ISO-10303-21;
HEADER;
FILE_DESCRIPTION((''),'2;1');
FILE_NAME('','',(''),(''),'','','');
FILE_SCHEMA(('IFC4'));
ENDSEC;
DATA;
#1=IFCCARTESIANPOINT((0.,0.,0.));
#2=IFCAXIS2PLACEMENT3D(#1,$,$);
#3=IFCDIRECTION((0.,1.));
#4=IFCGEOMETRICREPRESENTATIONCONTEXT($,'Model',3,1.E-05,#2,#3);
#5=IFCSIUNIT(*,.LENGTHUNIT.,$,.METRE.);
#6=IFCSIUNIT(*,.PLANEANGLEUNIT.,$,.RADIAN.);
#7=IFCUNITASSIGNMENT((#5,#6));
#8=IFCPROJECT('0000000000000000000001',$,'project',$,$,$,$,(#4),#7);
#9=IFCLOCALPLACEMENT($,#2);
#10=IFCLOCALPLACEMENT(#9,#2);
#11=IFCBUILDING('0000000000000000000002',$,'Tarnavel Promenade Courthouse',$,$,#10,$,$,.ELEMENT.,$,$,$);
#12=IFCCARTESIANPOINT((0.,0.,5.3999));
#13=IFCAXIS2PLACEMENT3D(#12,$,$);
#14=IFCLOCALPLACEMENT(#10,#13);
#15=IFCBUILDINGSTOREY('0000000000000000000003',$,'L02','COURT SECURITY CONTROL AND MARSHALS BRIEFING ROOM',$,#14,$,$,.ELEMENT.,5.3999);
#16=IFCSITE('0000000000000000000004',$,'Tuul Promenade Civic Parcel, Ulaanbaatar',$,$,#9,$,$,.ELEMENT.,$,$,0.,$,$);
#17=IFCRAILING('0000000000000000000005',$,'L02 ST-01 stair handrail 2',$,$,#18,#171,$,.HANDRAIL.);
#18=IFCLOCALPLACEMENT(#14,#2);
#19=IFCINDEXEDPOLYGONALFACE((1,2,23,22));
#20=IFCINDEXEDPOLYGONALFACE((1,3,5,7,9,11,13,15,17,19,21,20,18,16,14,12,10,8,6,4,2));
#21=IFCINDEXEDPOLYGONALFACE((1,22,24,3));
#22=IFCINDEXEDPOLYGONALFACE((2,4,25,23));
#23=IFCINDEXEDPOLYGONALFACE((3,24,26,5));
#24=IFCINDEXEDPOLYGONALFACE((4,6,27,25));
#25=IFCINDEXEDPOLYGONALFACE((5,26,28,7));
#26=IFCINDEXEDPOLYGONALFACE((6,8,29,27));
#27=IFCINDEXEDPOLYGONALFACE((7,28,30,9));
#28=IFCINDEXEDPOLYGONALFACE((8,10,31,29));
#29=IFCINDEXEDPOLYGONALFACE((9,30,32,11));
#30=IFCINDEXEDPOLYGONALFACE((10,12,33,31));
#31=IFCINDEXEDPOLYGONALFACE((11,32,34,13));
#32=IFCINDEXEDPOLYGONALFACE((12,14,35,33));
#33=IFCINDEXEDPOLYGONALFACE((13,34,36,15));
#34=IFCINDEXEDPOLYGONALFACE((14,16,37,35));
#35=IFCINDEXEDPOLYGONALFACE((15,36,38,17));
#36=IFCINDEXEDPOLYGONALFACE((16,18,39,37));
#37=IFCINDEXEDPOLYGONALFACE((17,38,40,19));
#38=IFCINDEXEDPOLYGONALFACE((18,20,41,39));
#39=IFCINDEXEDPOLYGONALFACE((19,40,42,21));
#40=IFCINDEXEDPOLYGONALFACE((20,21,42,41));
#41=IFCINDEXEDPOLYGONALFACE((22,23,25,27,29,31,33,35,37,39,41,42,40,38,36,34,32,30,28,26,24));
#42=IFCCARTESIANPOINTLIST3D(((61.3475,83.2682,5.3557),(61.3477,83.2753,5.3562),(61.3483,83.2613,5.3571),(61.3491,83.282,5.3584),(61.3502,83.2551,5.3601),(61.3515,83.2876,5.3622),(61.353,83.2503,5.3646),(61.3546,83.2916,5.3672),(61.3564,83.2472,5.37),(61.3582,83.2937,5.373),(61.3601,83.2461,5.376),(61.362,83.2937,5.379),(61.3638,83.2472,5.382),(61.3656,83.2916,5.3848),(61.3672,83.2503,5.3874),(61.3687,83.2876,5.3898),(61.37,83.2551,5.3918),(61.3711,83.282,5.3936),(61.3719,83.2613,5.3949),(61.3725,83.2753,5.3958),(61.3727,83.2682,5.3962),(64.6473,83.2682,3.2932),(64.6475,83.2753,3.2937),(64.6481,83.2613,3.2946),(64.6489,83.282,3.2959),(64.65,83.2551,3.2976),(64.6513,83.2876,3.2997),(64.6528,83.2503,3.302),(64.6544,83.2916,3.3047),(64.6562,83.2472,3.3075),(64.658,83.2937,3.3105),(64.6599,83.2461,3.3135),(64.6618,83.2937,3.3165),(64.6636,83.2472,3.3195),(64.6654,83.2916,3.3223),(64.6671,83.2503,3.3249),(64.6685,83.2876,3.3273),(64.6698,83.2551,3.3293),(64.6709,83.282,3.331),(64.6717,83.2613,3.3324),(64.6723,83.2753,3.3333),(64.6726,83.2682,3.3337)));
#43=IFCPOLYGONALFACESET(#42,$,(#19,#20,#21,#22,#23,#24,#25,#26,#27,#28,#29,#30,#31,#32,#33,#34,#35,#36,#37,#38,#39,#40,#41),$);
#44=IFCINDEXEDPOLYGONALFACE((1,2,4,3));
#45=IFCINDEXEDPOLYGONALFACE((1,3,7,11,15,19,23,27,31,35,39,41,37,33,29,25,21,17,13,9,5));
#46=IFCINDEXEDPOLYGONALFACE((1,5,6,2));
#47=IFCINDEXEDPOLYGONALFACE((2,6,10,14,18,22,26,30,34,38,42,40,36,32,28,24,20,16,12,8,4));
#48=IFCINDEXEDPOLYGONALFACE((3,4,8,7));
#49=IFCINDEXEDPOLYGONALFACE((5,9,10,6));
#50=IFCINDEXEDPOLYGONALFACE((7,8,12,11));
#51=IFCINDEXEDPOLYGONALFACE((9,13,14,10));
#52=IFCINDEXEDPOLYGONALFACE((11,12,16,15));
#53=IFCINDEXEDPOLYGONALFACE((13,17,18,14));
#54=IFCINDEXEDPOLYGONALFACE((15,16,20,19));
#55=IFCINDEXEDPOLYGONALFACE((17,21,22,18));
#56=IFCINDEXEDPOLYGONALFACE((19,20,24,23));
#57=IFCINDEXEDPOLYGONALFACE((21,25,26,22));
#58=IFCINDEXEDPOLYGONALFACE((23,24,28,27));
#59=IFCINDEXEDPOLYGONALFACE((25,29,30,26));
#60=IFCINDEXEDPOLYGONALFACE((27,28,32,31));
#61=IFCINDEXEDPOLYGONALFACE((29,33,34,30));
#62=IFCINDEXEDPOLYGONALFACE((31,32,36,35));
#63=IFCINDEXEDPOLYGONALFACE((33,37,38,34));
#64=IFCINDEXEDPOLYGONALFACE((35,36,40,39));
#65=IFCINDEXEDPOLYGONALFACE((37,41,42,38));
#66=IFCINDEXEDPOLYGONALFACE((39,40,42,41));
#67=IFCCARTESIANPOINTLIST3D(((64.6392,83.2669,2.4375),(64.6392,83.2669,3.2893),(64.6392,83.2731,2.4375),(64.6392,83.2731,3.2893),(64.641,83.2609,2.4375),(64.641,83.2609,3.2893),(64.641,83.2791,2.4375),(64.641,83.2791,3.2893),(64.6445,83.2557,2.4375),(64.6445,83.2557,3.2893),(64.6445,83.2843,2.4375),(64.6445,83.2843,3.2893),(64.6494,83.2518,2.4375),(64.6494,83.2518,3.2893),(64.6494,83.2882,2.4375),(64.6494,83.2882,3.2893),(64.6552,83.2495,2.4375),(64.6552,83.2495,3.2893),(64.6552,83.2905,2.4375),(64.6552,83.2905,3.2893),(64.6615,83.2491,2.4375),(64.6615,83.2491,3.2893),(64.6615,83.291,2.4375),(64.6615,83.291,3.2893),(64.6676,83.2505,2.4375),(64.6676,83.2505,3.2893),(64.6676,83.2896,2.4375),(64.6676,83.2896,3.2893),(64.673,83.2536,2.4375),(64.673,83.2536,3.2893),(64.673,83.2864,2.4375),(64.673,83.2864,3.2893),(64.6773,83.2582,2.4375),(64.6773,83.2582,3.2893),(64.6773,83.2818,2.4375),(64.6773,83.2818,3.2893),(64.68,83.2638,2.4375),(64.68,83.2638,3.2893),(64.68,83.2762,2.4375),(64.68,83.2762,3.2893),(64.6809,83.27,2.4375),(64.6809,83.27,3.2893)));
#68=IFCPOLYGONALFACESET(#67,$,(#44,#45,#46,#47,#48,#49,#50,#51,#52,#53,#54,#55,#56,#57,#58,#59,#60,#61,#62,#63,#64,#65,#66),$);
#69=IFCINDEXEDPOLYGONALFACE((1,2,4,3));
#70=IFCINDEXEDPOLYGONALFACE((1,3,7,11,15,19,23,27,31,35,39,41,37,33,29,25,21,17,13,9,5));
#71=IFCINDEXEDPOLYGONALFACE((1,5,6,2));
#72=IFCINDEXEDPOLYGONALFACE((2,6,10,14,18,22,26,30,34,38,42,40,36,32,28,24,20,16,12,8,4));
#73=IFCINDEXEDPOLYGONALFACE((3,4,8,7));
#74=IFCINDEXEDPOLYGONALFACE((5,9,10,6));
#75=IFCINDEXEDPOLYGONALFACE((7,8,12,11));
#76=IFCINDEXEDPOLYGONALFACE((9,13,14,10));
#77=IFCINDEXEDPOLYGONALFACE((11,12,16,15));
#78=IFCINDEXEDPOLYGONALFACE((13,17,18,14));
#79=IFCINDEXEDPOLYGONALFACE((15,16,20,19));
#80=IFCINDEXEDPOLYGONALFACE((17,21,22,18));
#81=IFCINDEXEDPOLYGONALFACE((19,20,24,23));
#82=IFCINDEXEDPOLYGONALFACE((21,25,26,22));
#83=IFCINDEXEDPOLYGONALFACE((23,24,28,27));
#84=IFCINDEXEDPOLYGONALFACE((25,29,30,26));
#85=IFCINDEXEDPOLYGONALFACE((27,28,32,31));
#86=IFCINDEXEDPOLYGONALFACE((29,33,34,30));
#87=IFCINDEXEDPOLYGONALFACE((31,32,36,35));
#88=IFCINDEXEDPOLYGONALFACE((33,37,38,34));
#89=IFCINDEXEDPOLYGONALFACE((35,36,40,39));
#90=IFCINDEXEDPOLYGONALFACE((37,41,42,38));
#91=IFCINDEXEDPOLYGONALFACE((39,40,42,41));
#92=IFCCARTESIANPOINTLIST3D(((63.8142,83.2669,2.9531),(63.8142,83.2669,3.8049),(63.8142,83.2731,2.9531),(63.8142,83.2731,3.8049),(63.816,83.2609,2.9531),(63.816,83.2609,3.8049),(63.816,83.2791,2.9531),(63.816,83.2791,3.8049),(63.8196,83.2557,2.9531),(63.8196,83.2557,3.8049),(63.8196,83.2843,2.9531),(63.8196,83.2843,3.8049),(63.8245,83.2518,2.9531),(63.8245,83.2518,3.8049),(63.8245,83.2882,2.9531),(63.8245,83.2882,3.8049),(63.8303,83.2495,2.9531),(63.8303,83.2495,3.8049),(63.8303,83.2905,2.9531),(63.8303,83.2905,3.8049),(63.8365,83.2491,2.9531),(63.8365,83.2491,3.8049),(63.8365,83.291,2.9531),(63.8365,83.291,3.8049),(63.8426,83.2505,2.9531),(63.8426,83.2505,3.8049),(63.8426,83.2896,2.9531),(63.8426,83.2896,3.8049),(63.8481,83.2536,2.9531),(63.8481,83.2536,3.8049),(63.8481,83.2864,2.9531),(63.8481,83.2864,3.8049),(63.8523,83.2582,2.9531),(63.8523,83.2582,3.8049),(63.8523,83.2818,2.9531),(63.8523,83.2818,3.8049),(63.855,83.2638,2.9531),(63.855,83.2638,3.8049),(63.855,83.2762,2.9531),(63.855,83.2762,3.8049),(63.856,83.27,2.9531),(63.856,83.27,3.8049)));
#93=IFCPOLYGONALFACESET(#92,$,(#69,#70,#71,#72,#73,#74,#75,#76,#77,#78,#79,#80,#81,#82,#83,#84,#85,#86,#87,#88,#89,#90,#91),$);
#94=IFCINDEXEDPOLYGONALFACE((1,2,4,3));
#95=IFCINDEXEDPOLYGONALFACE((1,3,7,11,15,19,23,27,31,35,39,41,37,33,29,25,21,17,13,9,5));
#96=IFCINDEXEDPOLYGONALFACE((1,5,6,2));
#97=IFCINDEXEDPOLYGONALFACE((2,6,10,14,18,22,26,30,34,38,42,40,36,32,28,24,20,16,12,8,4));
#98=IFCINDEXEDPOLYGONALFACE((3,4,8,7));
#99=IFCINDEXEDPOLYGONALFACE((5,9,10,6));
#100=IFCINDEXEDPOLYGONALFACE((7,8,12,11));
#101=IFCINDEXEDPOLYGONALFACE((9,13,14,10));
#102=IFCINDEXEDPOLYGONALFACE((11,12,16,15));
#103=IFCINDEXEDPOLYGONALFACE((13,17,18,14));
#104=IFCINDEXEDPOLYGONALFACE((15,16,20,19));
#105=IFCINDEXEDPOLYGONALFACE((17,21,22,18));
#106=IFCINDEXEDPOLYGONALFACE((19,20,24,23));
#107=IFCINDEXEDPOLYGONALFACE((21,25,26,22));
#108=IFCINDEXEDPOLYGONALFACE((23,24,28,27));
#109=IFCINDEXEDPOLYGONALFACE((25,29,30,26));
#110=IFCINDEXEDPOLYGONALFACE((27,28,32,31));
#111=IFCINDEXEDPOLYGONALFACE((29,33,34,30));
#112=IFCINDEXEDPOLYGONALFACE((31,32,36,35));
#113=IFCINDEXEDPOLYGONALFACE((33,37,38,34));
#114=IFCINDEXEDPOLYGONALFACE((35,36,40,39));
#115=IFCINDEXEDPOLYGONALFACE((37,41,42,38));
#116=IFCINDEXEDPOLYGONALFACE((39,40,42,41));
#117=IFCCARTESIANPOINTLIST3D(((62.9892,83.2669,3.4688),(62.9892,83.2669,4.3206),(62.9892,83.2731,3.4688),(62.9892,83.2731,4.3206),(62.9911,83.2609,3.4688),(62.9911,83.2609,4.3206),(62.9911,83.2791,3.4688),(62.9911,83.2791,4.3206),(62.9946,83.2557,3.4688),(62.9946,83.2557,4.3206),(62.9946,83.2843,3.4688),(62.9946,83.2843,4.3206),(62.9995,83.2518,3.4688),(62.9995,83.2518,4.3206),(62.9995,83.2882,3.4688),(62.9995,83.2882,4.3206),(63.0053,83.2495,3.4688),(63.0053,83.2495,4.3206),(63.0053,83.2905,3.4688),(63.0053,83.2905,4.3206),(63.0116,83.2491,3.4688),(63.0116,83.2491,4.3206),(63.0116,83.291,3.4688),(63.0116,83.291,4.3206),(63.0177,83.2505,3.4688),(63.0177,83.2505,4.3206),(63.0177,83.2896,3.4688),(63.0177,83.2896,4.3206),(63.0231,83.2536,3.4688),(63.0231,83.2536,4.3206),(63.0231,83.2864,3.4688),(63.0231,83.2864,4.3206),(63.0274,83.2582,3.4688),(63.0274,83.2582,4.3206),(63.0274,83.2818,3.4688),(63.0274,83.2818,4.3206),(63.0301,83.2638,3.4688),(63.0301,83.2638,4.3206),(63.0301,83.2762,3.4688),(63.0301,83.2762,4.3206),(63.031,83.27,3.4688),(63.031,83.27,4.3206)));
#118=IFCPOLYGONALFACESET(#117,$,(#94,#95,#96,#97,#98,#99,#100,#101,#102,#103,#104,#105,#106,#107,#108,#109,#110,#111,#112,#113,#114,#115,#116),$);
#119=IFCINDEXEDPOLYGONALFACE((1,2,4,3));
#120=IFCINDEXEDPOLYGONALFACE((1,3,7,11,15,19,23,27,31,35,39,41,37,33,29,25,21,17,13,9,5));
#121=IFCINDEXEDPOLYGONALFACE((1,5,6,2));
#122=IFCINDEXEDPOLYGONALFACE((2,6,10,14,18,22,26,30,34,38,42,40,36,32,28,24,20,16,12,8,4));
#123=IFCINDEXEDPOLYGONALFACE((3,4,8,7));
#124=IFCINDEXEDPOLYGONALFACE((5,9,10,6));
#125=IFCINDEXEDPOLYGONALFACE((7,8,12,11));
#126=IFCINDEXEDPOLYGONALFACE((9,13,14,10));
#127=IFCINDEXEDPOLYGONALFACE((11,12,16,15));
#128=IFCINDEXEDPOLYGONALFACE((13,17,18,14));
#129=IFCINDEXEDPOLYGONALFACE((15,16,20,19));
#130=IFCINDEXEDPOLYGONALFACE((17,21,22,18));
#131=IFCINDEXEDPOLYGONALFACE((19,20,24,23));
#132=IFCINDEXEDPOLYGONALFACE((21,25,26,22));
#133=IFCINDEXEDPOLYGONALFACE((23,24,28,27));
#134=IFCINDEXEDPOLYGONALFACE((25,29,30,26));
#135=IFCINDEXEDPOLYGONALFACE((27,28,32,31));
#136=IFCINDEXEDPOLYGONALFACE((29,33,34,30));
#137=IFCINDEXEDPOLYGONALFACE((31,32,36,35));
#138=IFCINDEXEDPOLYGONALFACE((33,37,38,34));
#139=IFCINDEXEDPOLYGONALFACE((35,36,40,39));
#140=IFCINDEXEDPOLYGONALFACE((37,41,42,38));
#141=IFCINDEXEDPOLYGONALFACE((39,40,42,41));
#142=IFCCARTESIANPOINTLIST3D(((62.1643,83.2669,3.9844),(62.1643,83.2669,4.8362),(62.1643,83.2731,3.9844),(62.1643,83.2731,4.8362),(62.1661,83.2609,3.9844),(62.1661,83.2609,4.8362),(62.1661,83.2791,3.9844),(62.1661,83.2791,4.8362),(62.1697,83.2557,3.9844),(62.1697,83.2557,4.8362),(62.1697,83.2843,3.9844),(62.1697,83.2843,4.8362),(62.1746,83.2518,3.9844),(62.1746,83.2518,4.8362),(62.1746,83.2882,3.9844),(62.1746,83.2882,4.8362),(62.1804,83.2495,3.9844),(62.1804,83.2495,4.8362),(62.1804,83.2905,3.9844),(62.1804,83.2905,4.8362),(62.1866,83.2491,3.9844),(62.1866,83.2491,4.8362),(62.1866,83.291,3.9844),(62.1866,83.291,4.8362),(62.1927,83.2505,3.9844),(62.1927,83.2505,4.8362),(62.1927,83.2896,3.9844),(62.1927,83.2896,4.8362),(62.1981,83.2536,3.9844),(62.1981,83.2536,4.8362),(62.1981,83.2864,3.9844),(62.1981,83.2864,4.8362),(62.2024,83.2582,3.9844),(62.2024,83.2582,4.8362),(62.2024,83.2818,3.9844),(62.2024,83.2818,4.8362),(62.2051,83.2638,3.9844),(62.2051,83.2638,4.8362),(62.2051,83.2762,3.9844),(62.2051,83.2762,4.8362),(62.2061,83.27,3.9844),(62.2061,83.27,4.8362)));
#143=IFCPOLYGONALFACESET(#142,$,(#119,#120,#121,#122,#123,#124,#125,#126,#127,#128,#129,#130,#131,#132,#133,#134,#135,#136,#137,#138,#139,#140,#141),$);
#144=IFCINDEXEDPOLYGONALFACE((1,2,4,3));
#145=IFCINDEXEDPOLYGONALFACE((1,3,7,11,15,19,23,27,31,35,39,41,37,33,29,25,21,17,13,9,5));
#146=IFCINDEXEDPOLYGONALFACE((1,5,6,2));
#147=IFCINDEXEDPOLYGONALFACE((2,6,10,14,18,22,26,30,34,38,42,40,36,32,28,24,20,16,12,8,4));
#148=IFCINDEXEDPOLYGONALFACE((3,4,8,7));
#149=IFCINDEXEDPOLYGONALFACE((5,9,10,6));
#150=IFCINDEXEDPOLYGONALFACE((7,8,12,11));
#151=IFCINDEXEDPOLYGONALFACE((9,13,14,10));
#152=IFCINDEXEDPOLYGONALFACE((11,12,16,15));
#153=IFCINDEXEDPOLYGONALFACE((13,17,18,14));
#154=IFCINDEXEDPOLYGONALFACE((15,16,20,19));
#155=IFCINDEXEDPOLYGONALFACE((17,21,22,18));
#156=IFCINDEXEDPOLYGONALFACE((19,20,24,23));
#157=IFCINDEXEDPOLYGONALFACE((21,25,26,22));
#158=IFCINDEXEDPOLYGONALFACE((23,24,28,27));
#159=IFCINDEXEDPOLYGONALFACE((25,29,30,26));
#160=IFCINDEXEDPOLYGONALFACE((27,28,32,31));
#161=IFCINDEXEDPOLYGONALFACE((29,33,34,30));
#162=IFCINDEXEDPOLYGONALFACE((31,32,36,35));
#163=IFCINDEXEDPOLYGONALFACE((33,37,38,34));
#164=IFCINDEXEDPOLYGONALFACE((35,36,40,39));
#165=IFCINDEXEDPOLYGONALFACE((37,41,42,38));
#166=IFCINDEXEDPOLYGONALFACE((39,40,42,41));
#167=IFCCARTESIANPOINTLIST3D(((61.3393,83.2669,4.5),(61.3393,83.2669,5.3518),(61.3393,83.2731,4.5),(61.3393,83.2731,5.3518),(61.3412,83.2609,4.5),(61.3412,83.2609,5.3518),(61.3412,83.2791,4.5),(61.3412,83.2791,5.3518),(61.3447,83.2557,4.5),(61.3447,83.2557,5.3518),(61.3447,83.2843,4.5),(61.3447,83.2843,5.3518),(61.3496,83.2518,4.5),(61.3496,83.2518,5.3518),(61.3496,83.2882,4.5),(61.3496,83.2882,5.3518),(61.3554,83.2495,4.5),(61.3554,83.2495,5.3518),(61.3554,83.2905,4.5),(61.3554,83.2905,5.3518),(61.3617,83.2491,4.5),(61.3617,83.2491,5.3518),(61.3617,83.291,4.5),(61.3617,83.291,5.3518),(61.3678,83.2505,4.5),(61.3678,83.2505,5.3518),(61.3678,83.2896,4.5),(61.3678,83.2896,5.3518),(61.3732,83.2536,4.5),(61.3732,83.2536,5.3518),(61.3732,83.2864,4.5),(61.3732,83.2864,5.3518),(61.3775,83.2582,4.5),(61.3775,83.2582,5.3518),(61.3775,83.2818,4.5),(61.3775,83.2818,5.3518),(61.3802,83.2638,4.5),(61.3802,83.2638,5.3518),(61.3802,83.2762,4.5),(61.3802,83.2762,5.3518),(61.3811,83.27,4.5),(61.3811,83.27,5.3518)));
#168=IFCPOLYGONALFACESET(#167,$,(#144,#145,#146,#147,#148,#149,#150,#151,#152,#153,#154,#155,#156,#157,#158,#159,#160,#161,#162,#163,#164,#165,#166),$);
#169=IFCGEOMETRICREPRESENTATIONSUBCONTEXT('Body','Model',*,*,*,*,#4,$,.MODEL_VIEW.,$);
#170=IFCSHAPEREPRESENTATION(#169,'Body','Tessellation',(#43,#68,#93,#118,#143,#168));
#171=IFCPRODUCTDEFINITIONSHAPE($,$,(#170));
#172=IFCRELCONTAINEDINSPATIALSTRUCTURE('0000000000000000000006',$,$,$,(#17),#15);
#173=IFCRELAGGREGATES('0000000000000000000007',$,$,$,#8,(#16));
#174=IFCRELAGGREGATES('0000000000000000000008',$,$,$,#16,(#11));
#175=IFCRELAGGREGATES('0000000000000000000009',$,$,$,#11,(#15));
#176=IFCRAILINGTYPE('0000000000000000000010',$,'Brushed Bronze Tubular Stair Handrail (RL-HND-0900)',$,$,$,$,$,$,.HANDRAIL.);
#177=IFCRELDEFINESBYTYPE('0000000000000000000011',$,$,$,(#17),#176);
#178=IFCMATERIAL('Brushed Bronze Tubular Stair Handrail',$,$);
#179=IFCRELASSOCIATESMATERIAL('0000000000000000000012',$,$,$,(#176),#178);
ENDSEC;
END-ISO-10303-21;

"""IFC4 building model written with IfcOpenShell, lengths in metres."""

from ifc_helpers import new_model, si_unit, direction, frame, origin, origin_2d, place, context, subcontext, project, spatial, circle, extrude, material, type_object, element, save


model = new_model("IFC4")

# Units and contexts
model_context = context("Model", 3, precision=1e-05, world=origin(), true_north=direction((0.0, 1.0)))
body_context = subcontext(model_context, "Body", "Model", "MODEL_VIEW")
ifc_project = project(units=[si_unit("LENGTHUNIT", "METRE"), si_unit("PLANEANGLEUNIT", "RADIAN")], contexts=[model_context])

# Site, building, storey
site_placement = place(None, origin())
site = spatial("IfcSite", under=ifc_project, at=site_placement, Name="Tuul Promenade Civic Parcel, Ulaanbaatar", CompositionType="ELEMENT", RefElevation=0.0)
building_placement = place(site_placement, origin())
building = spatial("IfcBuilding", under=site, at=building_placement, Name="Tarnavel Promenade Courthouse", CompositionType="ELEMENT")
storey_placement = place(building_placement, frame((0.0, 0.0, 5.3999)))
storey = spatial("IfcBuildingStorey", under=building, at=storey_placement, Name="L02", Description="COURT SECURITY CONTROL AND MARSHALS BRIEFING ROOM", CompositionType="ELEMENT", Elevation=5.3999)

# Railing
ifc_material_1 = material(Name="Brushed Bronze Tubular Stair Handrail")
railing_type_1 = type_object("IfcRailingType", Name="Brushed Bronze Tubular Stair Handrail (RL-HND-0900)", PredefinedType="HANDRAIL", material=ifc_material_1)
railing_1_placement = place(storey_placement, frame((64.6599, 83.27, 2.4375)))
element("IfcRailing", 1, at=railing_1_placement, inside=storey, type_object=railing_type_1, Name="L02 ST-01 stair handrail 2", PredefinedType="HANDRAIL", context=body_context, shape_type="SweptSolid", body=[
    extrude(circle(Radius=0.0239, at=origin_2d()), frame((0.0, 0.0, 0.876), z_axis=(-0.847984, 0.0, 0.530021), x_axis=(0.0, -1.0, 0.0)), (0.0, 0.0, 1.0), 3.8914),
    extrude(circle(Radius=0.021, at=origin_2d()), origin(), (0.0, 0.0, 1.0), 0.8518),
    extrude(circle(Radius=0.021, at=origin_2d()), frame((-0.825, 0.0, 0.5156)), (0.0, 0.0, 1.0), 0.8518),
    extrude(circle(Radius=0.021, at=origin_2d()), frame((-1.6499, 0.0, 1.0312)), (0.0, 0.0, 1.0), 0.8518),
    extrude(circle(Radius=0.021, at=origin_2d()), frame((-2.4749, 0.0, 1.5469)), (0.0, 0.0, 1.0), 0.8518),
    extrude(circle(Radius=0.021, at=origin_2d()), frame((-3.2998, 0.0, 2.0625)), (0.0, 0.0, 1.0), 0.8518),
])

save(model, "model.ifc")
